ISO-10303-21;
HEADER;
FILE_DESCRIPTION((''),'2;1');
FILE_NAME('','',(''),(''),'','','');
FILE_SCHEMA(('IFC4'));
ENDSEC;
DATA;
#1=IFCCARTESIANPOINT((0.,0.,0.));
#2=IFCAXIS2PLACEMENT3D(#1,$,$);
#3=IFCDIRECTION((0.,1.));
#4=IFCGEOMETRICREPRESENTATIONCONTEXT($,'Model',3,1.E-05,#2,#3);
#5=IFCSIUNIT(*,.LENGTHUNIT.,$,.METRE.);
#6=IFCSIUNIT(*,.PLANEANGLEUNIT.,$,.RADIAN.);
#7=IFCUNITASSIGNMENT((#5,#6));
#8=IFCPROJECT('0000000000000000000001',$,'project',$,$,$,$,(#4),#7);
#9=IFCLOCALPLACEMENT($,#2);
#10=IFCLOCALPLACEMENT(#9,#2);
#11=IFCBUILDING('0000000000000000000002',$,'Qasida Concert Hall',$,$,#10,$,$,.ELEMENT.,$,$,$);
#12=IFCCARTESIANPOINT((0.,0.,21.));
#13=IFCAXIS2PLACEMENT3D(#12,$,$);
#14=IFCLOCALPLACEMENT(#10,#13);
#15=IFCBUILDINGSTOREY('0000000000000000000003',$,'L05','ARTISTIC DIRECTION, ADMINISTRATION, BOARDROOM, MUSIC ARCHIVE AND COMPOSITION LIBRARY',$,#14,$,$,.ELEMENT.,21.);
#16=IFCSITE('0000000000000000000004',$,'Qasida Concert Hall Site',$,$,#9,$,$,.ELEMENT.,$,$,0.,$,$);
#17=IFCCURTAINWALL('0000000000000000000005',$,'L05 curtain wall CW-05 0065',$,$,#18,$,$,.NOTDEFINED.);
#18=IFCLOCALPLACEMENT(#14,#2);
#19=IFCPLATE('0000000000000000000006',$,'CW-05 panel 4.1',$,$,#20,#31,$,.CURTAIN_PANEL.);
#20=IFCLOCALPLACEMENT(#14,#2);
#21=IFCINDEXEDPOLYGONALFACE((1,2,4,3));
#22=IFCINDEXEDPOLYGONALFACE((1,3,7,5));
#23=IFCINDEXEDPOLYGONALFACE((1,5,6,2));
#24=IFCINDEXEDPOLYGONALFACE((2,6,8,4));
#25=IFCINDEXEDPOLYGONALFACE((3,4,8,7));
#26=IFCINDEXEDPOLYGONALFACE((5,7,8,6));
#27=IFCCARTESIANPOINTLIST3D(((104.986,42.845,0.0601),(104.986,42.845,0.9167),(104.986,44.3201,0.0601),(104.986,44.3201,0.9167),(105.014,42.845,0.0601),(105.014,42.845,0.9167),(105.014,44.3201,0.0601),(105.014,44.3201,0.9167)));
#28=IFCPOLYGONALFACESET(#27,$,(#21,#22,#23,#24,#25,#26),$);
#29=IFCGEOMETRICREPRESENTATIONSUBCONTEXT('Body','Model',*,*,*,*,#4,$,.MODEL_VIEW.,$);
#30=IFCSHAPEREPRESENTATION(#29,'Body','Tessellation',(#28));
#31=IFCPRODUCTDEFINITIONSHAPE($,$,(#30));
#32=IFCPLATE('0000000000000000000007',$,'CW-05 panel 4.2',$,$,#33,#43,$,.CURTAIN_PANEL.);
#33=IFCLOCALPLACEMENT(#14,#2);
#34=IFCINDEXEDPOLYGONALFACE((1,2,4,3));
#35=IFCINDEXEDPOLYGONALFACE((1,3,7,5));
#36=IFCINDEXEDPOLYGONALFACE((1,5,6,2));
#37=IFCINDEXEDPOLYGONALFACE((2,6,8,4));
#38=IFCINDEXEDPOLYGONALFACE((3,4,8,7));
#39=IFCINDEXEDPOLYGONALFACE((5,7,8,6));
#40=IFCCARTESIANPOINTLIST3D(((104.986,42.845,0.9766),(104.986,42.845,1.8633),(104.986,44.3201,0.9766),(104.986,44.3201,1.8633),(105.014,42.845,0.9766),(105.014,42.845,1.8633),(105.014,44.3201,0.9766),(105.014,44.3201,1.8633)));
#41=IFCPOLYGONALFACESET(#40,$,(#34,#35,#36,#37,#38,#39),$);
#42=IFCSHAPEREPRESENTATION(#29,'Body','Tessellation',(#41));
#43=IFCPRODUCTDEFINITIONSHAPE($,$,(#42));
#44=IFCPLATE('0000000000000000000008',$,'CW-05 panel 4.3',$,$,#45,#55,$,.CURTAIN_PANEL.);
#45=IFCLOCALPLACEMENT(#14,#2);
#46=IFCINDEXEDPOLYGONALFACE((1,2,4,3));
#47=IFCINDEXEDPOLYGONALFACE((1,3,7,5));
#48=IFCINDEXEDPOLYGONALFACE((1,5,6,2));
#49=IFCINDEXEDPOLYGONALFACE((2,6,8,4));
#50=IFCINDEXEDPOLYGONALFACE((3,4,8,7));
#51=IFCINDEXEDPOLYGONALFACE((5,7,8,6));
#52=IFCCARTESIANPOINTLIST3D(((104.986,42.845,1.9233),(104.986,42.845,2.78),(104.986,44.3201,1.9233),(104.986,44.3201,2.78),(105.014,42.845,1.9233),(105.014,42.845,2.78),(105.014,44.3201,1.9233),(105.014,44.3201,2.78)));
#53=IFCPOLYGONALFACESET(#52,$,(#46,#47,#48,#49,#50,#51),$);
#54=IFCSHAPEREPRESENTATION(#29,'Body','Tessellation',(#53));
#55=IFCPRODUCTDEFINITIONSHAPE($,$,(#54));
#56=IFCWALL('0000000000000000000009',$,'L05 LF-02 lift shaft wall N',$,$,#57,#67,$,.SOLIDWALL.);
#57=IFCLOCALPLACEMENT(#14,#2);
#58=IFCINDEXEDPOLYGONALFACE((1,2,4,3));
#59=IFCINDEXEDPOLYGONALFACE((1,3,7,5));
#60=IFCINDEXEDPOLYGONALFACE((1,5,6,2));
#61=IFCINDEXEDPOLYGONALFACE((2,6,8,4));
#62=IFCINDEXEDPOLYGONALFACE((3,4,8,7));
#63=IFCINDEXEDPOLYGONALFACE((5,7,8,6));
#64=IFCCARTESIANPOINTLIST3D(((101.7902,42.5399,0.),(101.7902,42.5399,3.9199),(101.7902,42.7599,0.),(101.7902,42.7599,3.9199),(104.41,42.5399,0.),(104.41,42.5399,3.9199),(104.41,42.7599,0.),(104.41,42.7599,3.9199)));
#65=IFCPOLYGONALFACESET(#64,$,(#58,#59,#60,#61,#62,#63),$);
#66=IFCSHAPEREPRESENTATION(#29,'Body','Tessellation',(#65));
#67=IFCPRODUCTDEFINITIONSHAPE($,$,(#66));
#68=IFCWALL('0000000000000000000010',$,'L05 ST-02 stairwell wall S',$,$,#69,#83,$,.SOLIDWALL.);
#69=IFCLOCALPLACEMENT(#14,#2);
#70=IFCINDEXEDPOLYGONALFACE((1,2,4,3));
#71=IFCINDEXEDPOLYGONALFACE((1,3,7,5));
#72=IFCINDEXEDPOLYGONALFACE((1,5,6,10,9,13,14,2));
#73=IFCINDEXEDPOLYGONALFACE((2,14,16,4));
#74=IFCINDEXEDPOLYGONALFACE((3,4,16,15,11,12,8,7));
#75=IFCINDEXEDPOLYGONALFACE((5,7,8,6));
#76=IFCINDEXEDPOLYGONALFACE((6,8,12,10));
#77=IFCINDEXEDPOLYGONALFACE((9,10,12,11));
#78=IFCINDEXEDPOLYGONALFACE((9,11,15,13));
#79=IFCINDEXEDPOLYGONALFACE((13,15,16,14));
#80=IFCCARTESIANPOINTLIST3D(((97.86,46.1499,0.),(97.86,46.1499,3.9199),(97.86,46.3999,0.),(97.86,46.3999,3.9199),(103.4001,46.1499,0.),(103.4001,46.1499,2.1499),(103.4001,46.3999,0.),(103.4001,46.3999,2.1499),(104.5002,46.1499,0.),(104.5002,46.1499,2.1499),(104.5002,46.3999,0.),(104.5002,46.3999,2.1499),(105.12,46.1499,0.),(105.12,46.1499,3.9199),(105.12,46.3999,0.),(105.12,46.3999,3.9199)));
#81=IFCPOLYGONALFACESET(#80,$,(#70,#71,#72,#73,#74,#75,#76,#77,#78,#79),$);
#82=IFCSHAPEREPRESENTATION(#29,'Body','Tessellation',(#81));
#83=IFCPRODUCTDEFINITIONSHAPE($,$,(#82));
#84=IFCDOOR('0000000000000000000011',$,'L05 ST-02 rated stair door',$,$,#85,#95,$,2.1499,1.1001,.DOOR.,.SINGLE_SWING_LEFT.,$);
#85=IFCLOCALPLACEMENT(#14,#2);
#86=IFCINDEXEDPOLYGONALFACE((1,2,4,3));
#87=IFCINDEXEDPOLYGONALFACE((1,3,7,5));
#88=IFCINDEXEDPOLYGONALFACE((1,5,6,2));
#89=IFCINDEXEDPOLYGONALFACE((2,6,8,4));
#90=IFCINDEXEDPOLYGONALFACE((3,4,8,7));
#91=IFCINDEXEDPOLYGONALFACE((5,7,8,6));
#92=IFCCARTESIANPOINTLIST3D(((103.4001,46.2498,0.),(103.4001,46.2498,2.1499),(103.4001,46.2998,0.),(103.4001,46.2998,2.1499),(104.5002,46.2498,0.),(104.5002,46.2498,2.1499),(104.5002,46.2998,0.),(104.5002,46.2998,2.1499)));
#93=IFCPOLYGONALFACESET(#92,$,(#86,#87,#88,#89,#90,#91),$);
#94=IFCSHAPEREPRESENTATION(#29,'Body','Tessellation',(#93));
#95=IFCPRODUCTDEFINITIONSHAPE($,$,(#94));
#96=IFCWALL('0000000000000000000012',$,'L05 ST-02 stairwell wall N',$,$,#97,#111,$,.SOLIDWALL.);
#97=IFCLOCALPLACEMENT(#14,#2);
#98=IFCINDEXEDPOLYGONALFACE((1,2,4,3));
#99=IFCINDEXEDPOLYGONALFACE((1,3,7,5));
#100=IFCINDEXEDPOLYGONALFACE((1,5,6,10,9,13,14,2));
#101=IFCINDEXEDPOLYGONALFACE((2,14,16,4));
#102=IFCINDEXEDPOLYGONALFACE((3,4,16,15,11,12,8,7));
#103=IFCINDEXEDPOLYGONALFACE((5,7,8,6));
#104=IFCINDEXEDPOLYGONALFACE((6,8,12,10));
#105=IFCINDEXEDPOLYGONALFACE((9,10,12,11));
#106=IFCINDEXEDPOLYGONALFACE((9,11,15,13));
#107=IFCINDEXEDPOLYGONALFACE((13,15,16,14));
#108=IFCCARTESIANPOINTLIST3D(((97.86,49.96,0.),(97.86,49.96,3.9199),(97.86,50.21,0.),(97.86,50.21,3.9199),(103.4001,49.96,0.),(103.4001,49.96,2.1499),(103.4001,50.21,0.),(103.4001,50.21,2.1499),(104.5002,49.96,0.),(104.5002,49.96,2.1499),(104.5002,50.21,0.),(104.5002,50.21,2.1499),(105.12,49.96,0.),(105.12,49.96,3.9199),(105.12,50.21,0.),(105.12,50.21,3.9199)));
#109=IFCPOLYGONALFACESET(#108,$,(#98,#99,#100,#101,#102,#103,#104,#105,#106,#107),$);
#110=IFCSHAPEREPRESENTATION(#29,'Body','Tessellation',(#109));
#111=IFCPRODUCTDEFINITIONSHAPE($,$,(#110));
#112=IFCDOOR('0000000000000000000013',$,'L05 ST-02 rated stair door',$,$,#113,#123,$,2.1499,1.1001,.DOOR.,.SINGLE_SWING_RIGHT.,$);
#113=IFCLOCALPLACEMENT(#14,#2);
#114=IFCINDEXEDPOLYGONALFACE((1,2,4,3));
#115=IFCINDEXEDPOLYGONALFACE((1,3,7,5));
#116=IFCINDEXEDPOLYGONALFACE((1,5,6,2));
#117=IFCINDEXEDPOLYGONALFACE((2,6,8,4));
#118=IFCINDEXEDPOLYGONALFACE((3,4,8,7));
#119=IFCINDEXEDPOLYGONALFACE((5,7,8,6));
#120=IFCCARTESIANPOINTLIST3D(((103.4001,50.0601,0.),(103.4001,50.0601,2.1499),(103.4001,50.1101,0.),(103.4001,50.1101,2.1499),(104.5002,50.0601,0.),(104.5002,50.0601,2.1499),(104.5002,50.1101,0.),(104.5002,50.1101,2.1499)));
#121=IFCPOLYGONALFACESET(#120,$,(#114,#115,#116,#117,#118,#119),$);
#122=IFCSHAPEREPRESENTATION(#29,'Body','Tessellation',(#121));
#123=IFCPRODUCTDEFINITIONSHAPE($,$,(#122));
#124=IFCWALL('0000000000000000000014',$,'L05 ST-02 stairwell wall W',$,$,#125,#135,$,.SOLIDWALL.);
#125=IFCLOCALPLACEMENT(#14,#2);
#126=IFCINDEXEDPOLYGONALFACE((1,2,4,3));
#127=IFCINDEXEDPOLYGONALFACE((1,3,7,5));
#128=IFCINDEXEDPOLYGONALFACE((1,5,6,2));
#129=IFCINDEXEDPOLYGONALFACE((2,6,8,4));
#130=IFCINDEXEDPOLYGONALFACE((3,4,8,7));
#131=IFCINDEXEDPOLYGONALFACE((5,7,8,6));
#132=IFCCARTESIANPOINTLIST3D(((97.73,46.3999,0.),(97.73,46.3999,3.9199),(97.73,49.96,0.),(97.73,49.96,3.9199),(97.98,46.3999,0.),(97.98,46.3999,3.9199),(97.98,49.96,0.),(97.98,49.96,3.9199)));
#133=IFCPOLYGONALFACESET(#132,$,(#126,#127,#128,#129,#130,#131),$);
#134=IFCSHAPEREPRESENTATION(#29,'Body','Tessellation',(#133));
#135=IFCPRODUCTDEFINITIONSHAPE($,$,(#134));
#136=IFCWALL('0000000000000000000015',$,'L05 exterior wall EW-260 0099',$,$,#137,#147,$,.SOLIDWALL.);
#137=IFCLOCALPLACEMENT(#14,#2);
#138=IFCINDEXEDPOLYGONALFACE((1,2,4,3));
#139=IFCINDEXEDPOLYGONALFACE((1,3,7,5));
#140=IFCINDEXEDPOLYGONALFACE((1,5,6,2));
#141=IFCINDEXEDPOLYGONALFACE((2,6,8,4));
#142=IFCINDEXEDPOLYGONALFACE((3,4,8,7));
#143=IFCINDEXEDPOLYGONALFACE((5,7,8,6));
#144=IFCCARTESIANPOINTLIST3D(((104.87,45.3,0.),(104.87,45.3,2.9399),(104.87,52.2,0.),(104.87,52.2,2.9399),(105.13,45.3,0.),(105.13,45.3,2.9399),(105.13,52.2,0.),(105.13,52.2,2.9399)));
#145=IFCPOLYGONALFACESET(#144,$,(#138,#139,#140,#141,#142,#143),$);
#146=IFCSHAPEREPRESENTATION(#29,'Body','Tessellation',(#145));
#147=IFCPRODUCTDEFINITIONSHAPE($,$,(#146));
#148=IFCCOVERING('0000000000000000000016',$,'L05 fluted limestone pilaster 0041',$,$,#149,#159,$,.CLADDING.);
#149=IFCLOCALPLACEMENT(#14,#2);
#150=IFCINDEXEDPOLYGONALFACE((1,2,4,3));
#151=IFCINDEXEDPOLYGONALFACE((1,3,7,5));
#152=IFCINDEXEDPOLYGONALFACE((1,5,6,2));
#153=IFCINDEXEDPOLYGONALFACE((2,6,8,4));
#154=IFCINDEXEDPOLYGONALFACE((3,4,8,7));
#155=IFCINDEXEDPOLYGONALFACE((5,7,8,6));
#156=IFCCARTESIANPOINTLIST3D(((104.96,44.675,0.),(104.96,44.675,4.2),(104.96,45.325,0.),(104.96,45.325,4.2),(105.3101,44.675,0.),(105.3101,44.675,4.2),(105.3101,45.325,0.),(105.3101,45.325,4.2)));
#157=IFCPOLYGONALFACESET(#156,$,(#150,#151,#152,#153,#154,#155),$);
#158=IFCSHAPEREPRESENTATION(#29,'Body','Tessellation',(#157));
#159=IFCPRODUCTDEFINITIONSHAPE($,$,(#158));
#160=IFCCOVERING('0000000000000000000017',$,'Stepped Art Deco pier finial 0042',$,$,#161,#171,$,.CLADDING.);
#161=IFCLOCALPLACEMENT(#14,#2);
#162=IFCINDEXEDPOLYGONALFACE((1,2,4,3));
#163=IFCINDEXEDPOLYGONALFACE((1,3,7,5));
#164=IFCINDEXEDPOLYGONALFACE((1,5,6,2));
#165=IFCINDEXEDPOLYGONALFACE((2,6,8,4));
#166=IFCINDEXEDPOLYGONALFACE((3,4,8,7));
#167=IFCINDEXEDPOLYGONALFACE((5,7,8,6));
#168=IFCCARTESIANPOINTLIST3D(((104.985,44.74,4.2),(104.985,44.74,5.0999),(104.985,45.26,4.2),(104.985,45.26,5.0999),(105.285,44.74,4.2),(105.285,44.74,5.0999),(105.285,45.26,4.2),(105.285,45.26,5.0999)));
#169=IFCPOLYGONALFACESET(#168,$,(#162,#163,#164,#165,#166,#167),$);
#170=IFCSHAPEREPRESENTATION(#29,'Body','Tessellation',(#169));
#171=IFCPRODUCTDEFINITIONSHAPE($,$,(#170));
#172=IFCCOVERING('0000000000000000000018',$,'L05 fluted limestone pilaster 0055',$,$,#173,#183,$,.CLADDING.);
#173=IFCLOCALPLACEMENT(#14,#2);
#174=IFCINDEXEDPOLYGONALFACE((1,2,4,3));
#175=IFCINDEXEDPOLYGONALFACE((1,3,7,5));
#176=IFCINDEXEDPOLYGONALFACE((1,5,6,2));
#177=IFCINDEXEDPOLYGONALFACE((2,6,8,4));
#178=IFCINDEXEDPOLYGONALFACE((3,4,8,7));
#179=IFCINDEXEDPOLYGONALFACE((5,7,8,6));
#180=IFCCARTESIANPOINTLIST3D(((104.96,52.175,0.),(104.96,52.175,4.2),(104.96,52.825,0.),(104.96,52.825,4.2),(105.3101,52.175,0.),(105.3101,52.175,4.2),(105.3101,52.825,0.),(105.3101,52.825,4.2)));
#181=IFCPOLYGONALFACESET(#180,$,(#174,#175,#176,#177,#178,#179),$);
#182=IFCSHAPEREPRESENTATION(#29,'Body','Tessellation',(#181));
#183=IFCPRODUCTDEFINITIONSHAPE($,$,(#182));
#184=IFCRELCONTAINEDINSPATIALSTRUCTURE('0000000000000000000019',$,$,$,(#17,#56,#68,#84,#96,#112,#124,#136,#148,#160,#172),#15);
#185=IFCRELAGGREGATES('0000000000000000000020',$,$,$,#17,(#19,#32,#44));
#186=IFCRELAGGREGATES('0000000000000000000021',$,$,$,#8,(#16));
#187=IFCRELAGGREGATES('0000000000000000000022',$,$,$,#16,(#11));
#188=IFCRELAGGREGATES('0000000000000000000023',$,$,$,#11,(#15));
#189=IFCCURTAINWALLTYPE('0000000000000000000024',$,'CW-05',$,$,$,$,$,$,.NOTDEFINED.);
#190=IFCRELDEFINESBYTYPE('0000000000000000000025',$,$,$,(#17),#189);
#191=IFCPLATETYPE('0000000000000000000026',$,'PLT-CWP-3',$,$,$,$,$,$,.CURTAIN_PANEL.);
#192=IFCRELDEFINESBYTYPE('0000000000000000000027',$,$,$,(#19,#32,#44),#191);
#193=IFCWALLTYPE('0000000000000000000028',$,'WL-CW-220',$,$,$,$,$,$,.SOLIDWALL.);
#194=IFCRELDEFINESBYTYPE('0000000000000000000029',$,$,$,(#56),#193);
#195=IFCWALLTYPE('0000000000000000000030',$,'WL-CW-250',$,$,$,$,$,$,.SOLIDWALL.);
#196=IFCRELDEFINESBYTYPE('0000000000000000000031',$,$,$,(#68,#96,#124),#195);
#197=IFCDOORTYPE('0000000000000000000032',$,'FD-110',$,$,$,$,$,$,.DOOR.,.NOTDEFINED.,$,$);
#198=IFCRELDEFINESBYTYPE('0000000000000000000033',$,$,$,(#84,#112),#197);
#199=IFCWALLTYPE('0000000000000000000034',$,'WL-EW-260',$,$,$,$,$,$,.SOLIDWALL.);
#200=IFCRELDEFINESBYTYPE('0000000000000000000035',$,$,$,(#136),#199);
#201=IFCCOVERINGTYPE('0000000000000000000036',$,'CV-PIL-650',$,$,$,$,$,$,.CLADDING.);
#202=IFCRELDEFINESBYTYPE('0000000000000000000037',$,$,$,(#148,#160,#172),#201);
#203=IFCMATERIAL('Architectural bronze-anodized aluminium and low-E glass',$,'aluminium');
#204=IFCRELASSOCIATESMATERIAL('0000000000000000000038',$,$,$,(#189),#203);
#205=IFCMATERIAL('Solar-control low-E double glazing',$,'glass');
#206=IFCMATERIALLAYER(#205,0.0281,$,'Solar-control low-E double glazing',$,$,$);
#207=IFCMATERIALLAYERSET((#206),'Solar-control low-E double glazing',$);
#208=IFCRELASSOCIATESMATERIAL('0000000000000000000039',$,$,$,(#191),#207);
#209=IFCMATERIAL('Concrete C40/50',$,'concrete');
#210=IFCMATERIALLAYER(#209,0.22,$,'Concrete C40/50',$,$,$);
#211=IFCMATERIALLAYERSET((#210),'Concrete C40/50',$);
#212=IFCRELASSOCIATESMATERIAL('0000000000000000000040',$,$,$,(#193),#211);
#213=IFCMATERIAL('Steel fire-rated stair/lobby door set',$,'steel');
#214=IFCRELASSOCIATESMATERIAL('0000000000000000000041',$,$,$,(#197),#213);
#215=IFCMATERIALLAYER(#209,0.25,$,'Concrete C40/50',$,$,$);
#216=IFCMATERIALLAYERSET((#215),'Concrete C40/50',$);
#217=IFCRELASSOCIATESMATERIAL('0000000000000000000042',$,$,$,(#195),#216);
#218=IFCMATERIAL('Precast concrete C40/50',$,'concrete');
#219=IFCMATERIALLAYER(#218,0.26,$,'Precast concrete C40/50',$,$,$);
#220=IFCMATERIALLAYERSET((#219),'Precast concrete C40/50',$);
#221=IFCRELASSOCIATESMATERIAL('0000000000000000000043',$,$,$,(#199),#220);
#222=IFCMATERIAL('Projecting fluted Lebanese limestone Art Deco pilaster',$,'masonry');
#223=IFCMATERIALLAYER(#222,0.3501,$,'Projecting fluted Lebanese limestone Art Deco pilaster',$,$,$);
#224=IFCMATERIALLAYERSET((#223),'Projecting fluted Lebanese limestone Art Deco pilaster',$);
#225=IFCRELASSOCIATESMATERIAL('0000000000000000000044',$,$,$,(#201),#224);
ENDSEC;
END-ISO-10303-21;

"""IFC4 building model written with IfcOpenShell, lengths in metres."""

from ifc_helpers import new_model, si_unit, direction, frame, frame_2d, origin, origin_2d, place, context, subcontext, project, spatial, rectangle, extrude, material, layer, layer_set, type_object, element, fill, aggregate, save


model = new_model("IFC4")

# Units and contexts
model_context = context("Model", 3, precision=1e-05, world=origin(), true_north=direction((0.0, 1.0)))
body_context = subcontext(model_context, "Body", "Model", "MODEL_VIEW")
ifc_project = project(units=[si_unit("LENGTHUNIT", "METRE"), si_unit("PLANEANGLEUNIT", "RADIAN")], contexts=[model_context])

# Site, building, storey
site_placement = place(None, origin())
site = spatial("IfcSite", under=ifc_project, at=site_placement, Name="Qasida Concert Hall Site", CompositionType="ELEMENT", RefElevation=0.0)
building_placement = place(site_placement, origin())
building = spatial("IfcBuilding", under=site, at=building_placement, Name="Qasida Concert Hall", CompositionType="ELEMENT")
storey_placement = place(building_placement, frame((0.0, 0.0, 21.0)))
storey = spatial("IfcBuildingStorey", under=building, at=storey_placement, Name="L05", Description="ARTISTIC DIRECTION, ADMINISTRATION, BOARDROOM, MUSIC ARCHIVE AND COMPOSITION LIBRARY", CompositionType="ELEMENT", Elevation=21.0)

# Curtain wall, plates
ifc_material_1 = material(Name="Architectural bronze-anodized aluminium and low-E glass", Category="aluminium")
curtain_wall_type = type_object("IfcCurtainWallType", Name="CW-05", PredefinedType="NOTDEFINED", material=ifc_material_1)
curtain_wall_placement = place(storey_placement, origin())
curtain_wall = element("IfcCurtainWall", 1, at=curtain_wall_placement, inside=storey, type_object=curtain_wall_type, Name="L05 curtain wall CW-05 0065", PredefinedType="NOTDEFINED")
ifc_material_2 = material(Name="Solar-control low-E double glazing", Category="glass")
ifc_layer_1 = layer(ifc_material_2, 0.0281, Name="Solar-control low-E double glazing")
ifc_layer_set_1 = layer_set([ifc_layer_1], Name="Solar-control low-E double glazing")
plate_type = type_object("IfcPlateType", Name="PLT-CWP-3", PredefinedType="CURTAIN_PANEL", material=ifc_layer_set_1)
plate_1_placement = place(storey_placement, frame((105.0, 43.5825, 0.0601), z_axis=(0.0, 0.0, 1.0), x_axis=(0.0, 1.0, 0.0)))
plate_1 = element("IfcPlate", 2, at=plate_1_placement, type_object=plate_type, Name="CW-05 panel 4.1", PredefinedType="CURTAIN_PANEL", context=body_context, shape_type="SweptSolid", body=[
    extrude(rectangle(XDim=1.4751, YDim=0.0281, at=origin_2d()), origin(), (0.0, 0.0, 1.0), 0.8567),
])
plate_2_placement = place(storey_placement, frame((105.0, 43.5825, 0.9766), z_axis=(0.0, 0.0, 1.0), x_axis=(0.0, 1.0, 0.0)))
plate_2 = element("IfcPlate", 3, at=plate_2_placement, type_object=plate_type, Name="CW-05 panel 4.2", PredefinedType="CURTAIN_PANEL", context=body_context, shape_type="SweptSolid", body=[
    extrude(rectangle(XDim=1.4751, YDim=0.0281, at=origin_2d()), origin(), (0.0, 0.0, 1.0), 0.8867),
])
plate_3_placement = place(storey_placement, frame((105.0, 43.5825, 1.9233), z_axis=(0.0, 0.0, 1.0), x_axis=(0.0, 1.0, 0.0)))
plate_3 = element("IfcPlate", 4, at=plate_3_placement, type_object=plate_type, Name="CW-05 panel 4.3", PredefinedType="CURTAIN_PANEL", context=body_context, shape_type="SweptSolid", body=[
    extrude(rectangle(XDim=1.4751, YDim=0.0281, at=origin_2d()), origin(), (0.0, 0.0, 1.0), 0.8567),
])
aggregate(curtain_wall, [plate_1, plate_2, plate_3])

# Wall
ifc_material_3 = material(Name="Concrete C40/50", Category="concrete")
ifc_layer_2 = layer(ifc_material_3, 0.22, Name="Concrete C40/50")
ifc_layer_set_2 = layer_set([ifc_layer_2], Name="Concrete C40/50")
wall_type_1 = type_object("IfcWallType", Name="WL-CW-220", PredefinedType="SOLIDWALL", material=ifc_layer_set_2)
wall_1_placement = place(storey_placement, frame((101.79, 42.6499, 0.0), z_axis=(0.0, 0.0, 1.0), x_axis=(1.0, 0.0, 0.0)))
element("IfcWall", 5, at=wall_1_placement, inside=storey, type_object=wall_type_1, Name="L05 LF-02 lift shaft wall N", PredefinedType="SOLIDWALL", context=body_context, shape_type="SweptSolid", body=[
    extrude(rectangle(XDim=2.6199, YDim=0.22, at=frame_2d((1.3101, 0.0))), origin(), (0.0, 0.0, 1.0), 3.9199),
])

# Walls, openings, doors
ifc_material_4 = material(Name="Steel fire-rated stair/lobby door set", Category="steel")
door_type = type_object("IfcDoorType", Name="FD-110", OperationType="NOTDEFINED", PredefinedType="DOOR", material=ifc_material_4)
ifc_layer_3 = layer(ifc_material_3, 0.25, Name="Concrete C40/50")
ifc_layer_set_3 = layer_set([ifc_layer_3], Name="Concrete C40/50")
wall_type_2 = type_object("IfcWallType", Name="WL-CW-250", PredefinedType="SOLIDWALL", material=ifc_layer_set_3)
wall_2_placement = place(storey_placement, frame((97.8601, 46.2749, 0.0), z_axis=(0.0, 0.0, 1.0), x_axis=(1.0, 0.0, 0.0)))
wall_2 = element("IfcWall", 6, at=wall_2_placement, inside=storey, type_object=wall_type_2, Name="L05 ST-02 stairwell wall S", PredefinedType="SOLIDWALL", context=body_context, shape_type="SweptSolid", body=[
    extrude(rectangle(XDim=7.26, YDim=0.25, at=frame_2d((3.6299, 0.0))), origin(), (0.0, 0.0, 1.0), 3.9199),
])
opening_1_placement = place(wall_2_placement, frame((5.54, 0.0, 0.0)))
opening_1 = element("IfcOpeningElement", 7, at=opening_1_placement, cuts=wall_2, PredefinedType="OPENING", context=body_context, shape_type="SweptSolid", body=[
    extrude(rectangle(XDim=1.1001, YDim=2.1499, at=frame_2d((0.55, 1.075))), frame((0.0, 0.135, 0.0), z_axis=(0.0, -1.0, 0.0), x_axis=(1.0, 0.0, 0.0)), (0.0, 0.0, 1.0), 0.27),
])
door_1_placement = place(opening_1_placement, origin())
door_1 = element("IfcDoor", 8, at=door_1_placement, inside=storey, type_object=door_type, Name="L05 ST-02 rated stair door", OperationType="SINGLE_SWING_LEFT", OverallHeight=2.1499, OverallWidth=1.1001, PredefinedType="DOOR", context=body_context, shape_type="SweptSolid", body=[
    extrude(rectangle(XDim=1.1001, YDim=2.1499, at=frame_2d((0.55, 1.075))), frame((0.0, 0.0249, 0.0), z_axis=(0.0, -1.0, 0.0), x_axis=(1.0, 0.0, 0.0)), (0.0, 0.0, 1.0), 0.05),
])
fill(opening_1, door_1)
wall_3_placement = place(storey_placement, frame((97.8601, 50.085, 0.0), z_axis=(0.0, 0.0, 1.0), x_axis=(1.0, 0.0, 0.0)))
wall_3 = element("IfcWall", 9, at=wall_3_placement, inside=storey, type_object=wall_type_2, Name="L05 ST-02 stairwell wall N", PredefinedType="SOLIDWALL", context=body_context, shape_type="SweptSolid", body=[
    extrude(rectangle(XDim=7.26, YDim=0.25, at=frame_2d((3.6299, 0.0))), origin(), (0.0, 0.0, 1.0), 3.9199),
])
opening_2_placement = place(wall_3_placement, frame((5.54, 0.0, 0.0)))
opening_2 = element("IfcOpeningElement", 10, at=opening_2_placement, cuts=wall_3, PredefinedType="OPENING", context=body_context, shape_type="SweptSolid", body=[
    extrude(rectangle(XDim=1.1001, YDim=2.1499, at=frame_2d((0.55, 1.075))), frame((0.0, 0.135, 0.0), z_axis=(0.0, -1.0, 0.0), x_axis=(1.0, 0.0, 0.0)), (0.0, 0.0, 1.0), 0.27),
])
door_2_placement = place(opening_2_placement, frame((1.1001, 0.0, 0.0), z_axis=(0.0, 0.0, 1.0), x_axis=(-1.0, 0.0, 0.0)))
door_2 = element("IfcDoor", 11, at=door_2_placement, inside=storey, type_object=door_type, Name="L05 ST-02 rated stair door", OperationType="SINGLE_SWING_RIGHT", OverallHeight=2.1499, OverallWidth=1.1001, PredefinedType="DOOR", context=body_context, shape_type="SweptSolid", body=[
    extrude(rectangle(XDim=1.1001, YDim=2.1499, at=frame_2d((0.55, 1.075))), frame((0.0, 0.0249, 0.0), z_axis=(0.0, -1.0, 0.0), x_axis=(1.0, 0.0, 0.0)), (0.0, 0.0, 1.0), 0.05),
])
fill(opening_2, door_2)

# Walls
wall_4_placement = place(storey_placement, frame((97.855, 46.3999, 0.0), z_axis=(0.0, 0.0, 1.0), x_axis=(0.0, 1.0, 0.0)))
element("IfcWall", 12, at=wall_4_placement, inside=storey, type_object=wall_type_2, Name="L05 ST-02 stairwell wall W", PredefinedType="SOLIDWALL", context=body_context, shape_type="SweptSolid", body=[
    extrude(rectangle(XDim=3.5601, YDim=0.25, at=frame_2d((1.78, 0.0))), origin(), (0.0, 0.0, 1.0), 3.9199),
])
ifc_material_5 = material(Name="Precast concrete C40/50", Category="concrete")
ifc_layer_4 = layer(ifc_material_5, 0.26, Name="Precast concrete C40/50")
ifc_layer_set_4 = layer_set([ifc_layer_4], Name="Precast concrete C40/50")
wall_type_3 = type_object("IfcWallType", Name="WL-EW-260", PredefinedType="SOLIDWALL", material=ifc_layer_set_4)
wall_5_placement = place(storey_placement, frame((105.0, 45.3, 0.0), z_axis=(0.0, 0.0, 1.0), x_axis=(0.0, 1.0, 0.0)))
element("IfcWall", 13, at=wall_5_placement, inside=storey, type_object=wall_type_3, Name="L05 exterior wall EW-260 0099", PredefinedType="SOLIDWALL", context=body_context, shape_type="SweptSolid", body=[
    extrude(rectangle(XDim=6.8999, YDim=0.26, at=frame_2d((3.45, 0.0))), origin(), (0.0, 0.0, 1.0), 2.9399),
])

# Coverings
ifc_material_6 = material(Name="Projecting fluted Lebanese limestone Art Deco pilaster", Category="masonry")
ifc_layer_5 = layer(ifc_material_6, 0.3501, Name="Projecting fluted Lebanese limestone Art Deco pilaster")
ifc_layer_set_5 = layer_set([ifc_layer_5], Name="Projecting fluted Lebanese limestone Art Deco pilaster")
covering_type = type_object("IfcCoveringType", Name="CV-PIL-650", PredefinedType="CLADDING", material=ifc_layer_set_5)
covering_1_placement = place(storey_placement, frame((105.135, 45.0, 0.0), z_axis=(0.0, 0.0, 1.0), x_axis=(1.0, 0.0, 0.0)))
element("IfcCovering", 14, at=covering_1_placement, inside=storey, type_object=covering_type, Name="L05 fluted limestone pilaster 0041", PredefinedType="CLADDING", context=body_context, shape_type="SweptSolid", body=[
    extrude(rectangle(XDim=0.3501, YDim=0.6499, at=origin_2d()), origin(), (0.0, 0.0, 1.0), 4.2),
])
covering_2_placement = place(storey_placement, frame((105.135, 45.0, 4.2), z_axis=(0.0, 0.0, 1.0), x_axis=(1.0, 0.0, 0.0)))
element("IfcCovering", 15, at=covering_2_placement, inside=storey, type_object=covering_type, Name="Stepped Art Deco pier finial 0042", PredefinedType="CLADDING", context=body_context, shape_type="SweptSolid", body=[
    extrude(rectangle(XDim=0.3, YDim=0.52, at=origin_2d()), origin(), (0.0, 0.0, 1.0), 0.8999),
])
covering_3_placement = place(storey_placement, frame((105.135, 52.5, 0.0), z_axis=(0.0, 0.0, 1.0), x_axis=(1.0, 0.0, 0.0)))
element("IfcCovering", 16, at=covering_3_placement, inside=storey, type_object=covering_type, Name="L05 fluted limestone pilaster 0055", PredefinedType="CLADDING", context=body_context, shape_type="SweptSolid", body=[
    extrude(rectangle(XDim=0.3501, YDim=0.6499, at=origin_2d()), origin(), (0.0, 0.0, 1.0), 4.2),
])

save(model, "model.ifc")
